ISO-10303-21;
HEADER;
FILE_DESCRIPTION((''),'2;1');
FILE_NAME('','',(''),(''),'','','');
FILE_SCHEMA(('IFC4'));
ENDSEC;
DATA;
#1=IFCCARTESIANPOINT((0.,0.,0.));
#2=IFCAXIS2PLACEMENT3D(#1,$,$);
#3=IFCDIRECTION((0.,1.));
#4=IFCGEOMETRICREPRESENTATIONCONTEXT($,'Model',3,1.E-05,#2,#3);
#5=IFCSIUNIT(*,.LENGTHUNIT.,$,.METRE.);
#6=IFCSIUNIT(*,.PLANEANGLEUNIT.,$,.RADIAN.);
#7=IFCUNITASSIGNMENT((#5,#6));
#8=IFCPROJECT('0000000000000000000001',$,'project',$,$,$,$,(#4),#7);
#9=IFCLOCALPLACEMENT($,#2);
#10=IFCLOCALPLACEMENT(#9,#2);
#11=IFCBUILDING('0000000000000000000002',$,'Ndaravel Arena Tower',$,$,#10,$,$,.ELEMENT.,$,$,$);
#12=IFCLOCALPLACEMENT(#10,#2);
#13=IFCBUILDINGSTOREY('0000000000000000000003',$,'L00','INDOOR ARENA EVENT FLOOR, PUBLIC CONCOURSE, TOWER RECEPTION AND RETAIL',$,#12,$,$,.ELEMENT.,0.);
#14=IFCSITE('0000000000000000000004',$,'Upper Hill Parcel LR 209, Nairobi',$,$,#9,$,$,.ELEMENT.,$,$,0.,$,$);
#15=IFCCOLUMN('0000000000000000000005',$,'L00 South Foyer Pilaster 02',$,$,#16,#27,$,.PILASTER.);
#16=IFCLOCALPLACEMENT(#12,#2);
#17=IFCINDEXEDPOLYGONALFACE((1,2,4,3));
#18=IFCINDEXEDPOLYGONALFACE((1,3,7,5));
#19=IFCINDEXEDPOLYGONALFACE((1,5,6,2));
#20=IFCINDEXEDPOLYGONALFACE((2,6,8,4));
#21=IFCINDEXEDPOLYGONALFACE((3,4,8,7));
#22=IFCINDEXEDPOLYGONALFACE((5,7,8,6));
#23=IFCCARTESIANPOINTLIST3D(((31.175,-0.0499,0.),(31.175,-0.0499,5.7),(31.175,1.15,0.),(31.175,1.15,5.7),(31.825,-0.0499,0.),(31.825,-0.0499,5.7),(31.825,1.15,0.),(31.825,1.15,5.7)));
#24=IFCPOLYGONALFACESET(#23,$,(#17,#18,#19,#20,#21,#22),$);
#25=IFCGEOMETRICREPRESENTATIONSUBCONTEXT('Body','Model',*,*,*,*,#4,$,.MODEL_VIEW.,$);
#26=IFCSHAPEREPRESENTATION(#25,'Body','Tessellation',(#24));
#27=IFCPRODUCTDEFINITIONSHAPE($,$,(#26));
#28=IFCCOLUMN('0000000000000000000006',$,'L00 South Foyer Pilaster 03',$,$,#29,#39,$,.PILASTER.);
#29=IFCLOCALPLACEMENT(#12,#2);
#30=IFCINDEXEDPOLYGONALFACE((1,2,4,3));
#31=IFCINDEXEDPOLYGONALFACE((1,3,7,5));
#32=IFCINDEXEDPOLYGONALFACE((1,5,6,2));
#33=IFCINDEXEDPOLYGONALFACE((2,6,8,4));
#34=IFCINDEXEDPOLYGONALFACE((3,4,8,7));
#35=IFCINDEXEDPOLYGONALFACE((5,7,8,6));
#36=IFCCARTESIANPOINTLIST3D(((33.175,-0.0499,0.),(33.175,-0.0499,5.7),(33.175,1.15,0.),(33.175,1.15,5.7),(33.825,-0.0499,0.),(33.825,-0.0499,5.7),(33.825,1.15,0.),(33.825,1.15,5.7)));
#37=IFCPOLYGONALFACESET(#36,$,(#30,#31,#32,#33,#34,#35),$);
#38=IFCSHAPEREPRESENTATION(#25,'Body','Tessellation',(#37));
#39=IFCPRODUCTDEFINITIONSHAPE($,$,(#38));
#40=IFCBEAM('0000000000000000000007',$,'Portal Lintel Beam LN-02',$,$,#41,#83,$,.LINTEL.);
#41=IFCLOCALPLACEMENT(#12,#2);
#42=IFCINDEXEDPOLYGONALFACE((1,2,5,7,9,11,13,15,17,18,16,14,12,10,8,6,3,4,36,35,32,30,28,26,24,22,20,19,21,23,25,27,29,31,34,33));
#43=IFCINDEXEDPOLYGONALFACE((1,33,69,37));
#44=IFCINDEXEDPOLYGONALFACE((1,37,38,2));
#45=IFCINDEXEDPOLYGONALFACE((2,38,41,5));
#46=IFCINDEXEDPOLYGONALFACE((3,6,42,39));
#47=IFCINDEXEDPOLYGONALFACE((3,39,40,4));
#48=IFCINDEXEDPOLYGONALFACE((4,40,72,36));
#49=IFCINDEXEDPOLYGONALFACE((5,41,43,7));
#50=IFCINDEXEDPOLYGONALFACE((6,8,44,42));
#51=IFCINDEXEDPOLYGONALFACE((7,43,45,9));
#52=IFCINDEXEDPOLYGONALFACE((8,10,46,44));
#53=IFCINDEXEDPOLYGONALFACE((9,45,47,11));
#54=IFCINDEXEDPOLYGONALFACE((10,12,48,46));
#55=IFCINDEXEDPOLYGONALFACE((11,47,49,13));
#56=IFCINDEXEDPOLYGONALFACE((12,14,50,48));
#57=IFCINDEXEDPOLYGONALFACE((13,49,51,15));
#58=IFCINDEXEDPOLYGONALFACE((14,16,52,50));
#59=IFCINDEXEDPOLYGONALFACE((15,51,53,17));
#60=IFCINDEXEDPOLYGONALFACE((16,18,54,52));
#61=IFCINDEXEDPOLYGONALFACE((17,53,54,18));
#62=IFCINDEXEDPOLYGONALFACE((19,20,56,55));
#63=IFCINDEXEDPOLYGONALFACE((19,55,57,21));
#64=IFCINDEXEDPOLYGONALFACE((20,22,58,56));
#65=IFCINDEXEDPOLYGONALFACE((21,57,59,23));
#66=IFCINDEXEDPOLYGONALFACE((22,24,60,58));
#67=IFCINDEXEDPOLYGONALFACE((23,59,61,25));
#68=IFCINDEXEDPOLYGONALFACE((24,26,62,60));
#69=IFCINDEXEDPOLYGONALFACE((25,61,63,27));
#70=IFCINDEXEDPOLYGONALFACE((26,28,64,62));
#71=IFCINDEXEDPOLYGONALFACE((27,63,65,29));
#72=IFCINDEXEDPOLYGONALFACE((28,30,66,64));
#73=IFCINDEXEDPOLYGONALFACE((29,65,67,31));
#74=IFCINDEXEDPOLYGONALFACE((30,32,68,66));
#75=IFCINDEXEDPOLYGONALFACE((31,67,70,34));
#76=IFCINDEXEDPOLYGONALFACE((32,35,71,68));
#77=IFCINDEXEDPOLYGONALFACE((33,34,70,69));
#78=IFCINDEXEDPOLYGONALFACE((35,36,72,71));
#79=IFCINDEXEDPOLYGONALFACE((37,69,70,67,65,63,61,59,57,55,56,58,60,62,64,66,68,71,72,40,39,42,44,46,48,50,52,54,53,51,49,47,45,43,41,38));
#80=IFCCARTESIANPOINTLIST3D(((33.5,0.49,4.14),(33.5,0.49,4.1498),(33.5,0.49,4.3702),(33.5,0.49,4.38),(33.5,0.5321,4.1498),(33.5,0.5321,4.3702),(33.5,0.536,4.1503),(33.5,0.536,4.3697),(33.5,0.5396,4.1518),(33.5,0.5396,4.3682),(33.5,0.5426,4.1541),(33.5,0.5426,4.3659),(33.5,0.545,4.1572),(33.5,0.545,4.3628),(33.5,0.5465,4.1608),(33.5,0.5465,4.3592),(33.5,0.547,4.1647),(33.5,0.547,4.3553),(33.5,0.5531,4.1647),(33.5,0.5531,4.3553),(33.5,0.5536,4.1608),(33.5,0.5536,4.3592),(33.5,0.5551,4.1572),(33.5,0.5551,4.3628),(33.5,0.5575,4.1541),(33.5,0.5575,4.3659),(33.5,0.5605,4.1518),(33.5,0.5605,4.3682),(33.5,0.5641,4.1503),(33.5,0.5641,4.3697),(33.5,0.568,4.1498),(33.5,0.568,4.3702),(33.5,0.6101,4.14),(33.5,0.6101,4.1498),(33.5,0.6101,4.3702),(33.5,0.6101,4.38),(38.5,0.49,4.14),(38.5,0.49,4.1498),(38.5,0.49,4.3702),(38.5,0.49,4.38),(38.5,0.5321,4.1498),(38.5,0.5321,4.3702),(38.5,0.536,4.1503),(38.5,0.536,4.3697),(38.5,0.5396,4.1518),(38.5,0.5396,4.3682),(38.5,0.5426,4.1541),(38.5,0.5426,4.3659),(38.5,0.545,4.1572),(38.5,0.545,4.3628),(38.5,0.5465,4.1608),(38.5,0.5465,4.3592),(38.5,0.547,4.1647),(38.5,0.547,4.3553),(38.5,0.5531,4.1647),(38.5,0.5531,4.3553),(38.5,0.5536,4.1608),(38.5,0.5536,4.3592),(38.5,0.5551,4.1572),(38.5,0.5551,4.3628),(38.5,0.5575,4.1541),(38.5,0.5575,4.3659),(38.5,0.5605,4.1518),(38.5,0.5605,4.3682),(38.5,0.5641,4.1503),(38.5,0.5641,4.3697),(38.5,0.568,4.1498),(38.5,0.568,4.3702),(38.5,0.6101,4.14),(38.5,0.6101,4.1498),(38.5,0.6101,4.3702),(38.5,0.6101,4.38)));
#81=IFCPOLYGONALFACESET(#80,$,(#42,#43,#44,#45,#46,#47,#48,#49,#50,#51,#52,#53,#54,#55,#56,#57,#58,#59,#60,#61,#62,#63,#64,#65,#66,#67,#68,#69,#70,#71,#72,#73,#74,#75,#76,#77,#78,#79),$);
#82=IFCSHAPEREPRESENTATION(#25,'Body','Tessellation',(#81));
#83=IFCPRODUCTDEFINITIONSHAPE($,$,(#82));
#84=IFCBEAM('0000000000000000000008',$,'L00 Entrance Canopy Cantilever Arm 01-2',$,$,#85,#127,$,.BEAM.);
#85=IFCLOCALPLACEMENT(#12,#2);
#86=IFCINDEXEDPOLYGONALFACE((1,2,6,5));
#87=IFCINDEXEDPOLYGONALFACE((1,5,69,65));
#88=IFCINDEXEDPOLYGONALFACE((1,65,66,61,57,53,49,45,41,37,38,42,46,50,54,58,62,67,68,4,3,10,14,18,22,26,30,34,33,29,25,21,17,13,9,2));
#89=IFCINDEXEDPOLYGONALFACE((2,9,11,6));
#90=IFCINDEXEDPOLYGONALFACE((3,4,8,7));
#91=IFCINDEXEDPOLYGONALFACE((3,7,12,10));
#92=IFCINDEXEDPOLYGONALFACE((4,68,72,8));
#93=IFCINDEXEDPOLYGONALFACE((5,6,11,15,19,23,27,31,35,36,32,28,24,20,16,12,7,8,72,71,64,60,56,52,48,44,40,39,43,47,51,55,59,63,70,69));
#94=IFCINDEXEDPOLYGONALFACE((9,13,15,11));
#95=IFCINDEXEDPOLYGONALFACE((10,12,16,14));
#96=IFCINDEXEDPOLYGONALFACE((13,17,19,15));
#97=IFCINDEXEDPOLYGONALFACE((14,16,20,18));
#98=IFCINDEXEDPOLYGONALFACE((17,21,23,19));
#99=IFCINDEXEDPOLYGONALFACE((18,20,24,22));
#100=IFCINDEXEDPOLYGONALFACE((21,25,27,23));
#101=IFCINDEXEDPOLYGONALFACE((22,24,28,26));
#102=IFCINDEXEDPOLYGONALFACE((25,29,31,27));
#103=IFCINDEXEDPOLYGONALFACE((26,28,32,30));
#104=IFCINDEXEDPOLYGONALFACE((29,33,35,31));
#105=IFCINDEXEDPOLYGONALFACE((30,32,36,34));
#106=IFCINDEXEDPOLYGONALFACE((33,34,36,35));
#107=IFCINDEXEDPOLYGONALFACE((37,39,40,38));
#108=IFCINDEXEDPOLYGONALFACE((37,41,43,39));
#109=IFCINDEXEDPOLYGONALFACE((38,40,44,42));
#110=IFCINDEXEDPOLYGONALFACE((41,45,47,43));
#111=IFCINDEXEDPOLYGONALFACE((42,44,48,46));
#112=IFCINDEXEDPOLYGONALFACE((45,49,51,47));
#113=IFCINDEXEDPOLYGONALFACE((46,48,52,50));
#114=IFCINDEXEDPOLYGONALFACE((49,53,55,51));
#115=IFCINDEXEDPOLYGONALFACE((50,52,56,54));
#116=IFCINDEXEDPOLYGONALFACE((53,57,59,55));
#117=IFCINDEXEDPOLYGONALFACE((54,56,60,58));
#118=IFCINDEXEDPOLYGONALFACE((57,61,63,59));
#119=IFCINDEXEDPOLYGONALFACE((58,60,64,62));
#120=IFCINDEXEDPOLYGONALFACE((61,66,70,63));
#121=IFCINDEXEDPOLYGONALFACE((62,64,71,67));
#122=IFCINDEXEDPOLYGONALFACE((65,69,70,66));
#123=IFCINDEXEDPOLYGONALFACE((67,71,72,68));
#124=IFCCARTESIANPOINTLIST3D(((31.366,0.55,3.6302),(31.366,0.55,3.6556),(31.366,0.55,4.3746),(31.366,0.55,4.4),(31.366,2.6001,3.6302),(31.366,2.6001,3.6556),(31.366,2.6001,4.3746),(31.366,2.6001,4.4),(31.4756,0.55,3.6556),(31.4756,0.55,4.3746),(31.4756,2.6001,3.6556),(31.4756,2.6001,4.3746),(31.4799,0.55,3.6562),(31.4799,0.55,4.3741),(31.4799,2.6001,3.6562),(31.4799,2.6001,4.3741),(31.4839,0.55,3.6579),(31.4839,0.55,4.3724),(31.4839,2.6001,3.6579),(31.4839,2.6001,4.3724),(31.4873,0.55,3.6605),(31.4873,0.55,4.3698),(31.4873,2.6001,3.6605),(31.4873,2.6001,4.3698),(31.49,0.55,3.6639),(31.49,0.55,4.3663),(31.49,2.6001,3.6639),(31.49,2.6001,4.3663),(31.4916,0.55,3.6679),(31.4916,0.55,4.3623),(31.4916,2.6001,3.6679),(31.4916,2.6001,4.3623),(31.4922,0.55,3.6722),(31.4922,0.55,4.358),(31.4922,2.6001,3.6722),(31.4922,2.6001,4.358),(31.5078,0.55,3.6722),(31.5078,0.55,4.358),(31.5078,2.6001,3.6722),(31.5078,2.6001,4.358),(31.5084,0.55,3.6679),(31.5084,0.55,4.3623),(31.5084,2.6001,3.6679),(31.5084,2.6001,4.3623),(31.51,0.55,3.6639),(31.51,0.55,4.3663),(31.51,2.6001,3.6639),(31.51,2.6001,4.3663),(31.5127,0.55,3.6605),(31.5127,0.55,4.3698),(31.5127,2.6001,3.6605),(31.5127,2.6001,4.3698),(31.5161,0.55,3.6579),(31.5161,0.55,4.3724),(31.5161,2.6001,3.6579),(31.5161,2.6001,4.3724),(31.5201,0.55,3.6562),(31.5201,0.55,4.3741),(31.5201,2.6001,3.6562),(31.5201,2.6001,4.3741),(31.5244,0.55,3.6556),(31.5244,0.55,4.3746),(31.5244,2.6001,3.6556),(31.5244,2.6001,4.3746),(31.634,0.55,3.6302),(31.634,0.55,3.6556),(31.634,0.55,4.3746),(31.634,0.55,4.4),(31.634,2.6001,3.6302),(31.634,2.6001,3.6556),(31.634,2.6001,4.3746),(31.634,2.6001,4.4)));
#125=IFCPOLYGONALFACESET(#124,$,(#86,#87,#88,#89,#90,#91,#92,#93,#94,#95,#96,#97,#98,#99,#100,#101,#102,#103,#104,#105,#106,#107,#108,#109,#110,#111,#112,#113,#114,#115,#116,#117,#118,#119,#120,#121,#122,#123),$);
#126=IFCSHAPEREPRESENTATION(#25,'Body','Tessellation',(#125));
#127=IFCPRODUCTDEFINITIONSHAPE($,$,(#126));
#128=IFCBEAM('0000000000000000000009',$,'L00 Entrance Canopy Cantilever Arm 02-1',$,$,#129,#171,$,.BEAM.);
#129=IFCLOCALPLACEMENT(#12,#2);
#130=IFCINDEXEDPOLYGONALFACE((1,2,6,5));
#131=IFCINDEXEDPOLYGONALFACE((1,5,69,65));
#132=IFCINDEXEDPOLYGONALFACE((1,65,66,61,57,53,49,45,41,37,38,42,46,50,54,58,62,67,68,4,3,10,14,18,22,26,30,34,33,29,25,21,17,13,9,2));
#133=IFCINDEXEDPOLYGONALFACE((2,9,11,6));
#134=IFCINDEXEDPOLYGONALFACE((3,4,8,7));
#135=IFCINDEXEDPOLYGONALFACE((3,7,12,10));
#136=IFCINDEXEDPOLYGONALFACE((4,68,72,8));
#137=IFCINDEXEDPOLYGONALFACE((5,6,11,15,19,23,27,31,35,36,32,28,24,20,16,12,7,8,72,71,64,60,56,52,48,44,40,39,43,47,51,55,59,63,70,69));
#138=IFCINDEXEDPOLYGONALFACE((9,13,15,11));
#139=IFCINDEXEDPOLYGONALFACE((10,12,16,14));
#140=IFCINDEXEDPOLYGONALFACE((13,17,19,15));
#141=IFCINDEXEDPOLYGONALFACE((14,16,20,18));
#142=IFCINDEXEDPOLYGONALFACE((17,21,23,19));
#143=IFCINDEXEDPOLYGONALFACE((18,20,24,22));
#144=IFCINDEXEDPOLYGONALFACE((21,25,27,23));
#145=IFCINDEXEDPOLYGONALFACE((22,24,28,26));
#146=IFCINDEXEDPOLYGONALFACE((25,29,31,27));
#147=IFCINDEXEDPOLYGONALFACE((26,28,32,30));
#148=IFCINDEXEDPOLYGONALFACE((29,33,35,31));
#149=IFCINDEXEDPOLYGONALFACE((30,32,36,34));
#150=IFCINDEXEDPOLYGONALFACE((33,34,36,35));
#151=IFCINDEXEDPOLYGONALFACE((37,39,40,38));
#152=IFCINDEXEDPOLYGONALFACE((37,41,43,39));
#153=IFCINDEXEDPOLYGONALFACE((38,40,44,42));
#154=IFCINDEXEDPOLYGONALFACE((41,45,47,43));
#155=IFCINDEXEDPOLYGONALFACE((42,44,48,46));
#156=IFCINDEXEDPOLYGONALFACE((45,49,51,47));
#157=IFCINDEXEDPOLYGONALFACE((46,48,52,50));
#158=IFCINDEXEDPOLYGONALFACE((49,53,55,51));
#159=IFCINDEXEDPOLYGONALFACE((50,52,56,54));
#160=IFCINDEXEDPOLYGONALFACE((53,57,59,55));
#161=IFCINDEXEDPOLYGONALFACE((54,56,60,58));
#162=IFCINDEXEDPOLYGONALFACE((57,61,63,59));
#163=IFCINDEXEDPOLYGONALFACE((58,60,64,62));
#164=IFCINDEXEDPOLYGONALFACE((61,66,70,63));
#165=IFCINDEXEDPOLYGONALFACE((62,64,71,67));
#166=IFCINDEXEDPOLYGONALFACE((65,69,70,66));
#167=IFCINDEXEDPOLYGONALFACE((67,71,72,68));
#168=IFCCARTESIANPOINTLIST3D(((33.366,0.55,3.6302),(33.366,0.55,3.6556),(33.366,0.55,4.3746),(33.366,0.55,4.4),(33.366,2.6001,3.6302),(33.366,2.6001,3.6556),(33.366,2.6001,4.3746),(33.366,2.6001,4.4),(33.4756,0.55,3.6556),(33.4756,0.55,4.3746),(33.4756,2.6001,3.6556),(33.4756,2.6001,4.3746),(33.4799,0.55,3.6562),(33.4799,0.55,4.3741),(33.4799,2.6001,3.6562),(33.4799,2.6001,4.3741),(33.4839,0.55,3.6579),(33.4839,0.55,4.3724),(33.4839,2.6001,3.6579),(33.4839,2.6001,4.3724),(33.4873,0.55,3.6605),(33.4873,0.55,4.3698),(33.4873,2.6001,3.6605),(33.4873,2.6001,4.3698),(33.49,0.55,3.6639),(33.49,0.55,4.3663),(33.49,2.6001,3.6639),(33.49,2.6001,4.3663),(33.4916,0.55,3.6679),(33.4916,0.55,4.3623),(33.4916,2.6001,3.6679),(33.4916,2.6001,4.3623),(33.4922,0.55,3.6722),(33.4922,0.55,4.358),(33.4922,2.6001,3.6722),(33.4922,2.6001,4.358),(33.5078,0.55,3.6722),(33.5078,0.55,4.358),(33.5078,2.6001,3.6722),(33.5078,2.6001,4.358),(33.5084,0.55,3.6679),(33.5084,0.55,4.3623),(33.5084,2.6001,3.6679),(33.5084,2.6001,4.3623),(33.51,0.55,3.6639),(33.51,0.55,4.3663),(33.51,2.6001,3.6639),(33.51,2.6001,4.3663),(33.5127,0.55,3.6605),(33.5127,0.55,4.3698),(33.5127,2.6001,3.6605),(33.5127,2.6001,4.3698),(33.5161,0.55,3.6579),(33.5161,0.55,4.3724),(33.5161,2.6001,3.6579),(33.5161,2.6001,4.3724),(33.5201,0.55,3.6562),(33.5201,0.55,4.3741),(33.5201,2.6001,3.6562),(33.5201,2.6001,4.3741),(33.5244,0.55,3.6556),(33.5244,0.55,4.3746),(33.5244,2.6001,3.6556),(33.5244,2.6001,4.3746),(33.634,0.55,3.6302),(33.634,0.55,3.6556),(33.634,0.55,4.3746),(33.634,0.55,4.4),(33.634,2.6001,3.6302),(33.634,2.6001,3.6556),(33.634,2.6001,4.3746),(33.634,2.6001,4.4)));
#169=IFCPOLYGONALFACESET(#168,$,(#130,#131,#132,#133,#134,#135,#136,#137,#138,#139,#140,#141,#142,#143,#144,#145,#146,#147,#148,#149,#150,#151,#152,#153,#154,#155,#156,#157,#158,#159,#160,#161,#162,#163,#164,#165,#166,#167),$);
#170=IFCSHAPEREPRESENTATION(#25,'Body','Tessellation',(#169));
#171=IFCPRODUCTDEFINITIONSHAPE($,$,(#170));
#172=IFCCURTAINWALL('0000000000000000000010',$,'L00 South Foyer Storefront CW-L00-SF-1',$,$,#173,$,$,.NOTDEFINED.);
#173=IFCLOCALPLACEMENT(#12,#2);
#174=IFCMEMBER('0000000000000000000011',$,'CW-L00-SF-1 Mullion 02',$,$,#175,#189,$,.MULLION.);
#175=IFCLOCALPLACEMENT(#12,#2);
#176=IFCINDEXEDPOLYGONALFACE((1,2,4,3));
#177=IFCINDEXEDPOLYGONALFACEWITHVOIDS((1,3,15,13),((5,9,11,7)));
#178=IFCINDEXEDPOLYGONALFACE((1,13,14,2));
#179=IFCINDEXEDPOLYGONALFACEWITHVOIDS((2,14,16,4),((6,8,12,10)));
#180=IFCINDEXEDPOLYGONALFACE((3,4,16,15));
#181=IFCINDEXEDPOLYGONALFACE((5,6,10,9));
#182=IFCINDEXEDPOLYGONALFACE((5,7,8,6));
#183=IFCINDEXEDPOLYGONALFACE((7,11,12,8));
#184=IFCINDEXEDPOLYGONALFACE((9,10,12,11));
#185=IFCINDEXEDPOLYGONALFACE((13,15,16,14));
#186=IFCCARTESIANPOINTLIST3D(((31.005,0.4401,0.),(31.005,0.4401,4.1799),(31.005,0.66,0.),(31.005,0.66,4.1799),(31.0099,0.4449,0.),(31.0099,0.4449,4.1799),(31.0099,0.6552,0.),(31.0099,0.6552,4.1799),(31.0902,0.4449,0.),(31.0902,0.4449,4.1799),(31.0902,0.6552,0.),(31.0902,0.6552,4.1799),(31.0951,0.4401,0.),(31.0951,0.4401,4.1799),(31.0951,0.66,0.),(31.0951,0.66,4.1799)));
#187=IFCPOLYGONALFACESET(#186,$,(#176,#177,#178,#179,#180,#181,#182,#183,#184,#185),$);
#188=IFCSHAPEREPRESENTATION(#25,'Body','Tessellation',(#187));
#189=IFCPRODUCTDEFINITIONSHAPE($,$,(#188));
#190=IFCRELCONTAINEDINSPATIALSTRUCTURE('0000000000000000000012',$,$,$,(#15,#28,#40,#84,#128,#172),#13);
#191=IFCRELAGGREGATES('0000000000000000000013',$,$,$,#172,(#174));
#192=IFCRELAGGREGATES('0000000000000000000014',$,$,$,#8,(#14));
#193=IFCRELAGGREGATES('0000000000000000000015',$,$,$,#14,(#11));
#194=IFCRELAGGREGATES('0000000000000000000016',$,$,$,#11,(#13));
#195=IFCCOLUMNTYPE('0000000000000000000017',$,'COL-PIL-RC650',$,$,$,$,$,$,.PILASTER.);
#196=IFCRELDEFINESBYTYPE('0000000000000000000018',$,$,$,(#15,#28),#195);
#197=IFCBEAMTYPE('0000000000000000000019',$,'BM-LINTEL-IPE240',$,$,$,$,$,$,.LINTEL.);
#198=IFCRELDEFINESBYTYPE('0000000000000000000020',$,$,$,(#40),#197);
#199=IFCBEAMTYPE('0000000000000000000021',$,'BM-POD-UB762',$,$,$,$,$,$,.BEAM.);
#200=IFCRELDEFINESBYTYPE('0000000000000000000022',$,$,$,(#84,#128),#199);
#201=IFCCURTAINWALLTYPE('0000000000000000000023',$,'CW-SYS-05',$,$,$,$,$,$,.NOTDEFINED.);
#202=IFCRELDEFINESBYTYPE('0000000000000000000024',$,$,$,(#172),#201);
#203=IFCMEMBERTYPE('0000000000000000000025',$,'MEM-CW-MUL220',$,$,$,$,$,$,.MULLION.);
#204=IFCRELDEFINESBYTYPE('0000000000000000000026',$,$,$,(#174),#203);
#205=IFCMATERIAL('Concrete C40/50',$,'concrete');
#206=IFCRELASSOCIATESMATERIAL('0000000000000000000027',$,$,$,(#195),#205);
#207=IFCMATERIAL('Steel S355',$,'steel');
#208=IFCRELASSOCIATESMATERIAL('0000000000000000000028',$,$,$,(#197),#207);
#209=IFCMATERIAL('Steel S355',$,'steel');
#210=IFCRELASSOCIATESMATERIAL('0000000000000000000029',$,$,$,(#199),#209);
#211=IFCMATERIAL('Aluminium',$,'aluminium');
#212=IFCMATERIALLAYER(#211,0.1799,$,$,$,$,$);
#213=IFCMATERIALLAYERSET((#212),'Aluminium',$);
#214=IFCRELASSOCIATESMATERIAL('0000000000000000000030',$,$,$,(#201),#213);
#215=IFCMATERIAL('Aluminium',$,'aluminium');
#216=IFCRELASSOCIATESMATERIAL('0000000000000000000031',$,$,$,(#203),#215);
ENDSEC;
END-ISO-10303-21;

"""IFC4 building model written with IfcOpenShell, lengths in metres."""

from ifc_helpers import new_model, si_unit, direction, frame, origin, origin_2d, place, context, subcontext, project, spatial, rectangle, hollow_rectangle, i_section, extrude, material, layer, layer_set, material_profile, profile_set, type_object, element, aggregate, save


model = new_model("IFC4")

# Units and contexts
model_context = context("Model", 3, precision=1e-05, world=origin(), true_north=direction((0.0, 1.0)))
body_context = subcontext(model_context, "Body", "Model", "MODEL_VIEW")
ifc_project = project(units=[si_unit("LENGTHUNIT", "METRE"), si_unit("PLANEANGLEUNIT", "RADIAN")], contexts=[model_context])

# Site, building, storey
site_placement = place(None, origin())
site = spatial("IfcSite", under=ifc_project, at=site_placement, Name="Upper Hill Parcel LR 209, Nairobi", CompositionType="ELEMENT", RefElevation=0.0)
building_placement = place(site_placement, origin())
building = spatial("IfcBuilding", under=site, at=building_placement, Name="Ndaravel Arena Tower", CompositionType="ELEMENT")
storey_placement = place(building_placement, origin())
storey = spatial("IfcBuildingStorey", under=building, at=storey_placement, Name="L00", Description="INDOOR ARENA EVENT FLOOR, PUBLIC CONCOURSE, TOWER RECEPTION AND RETAIL", CompositionType="ELEMENT", Elevation=0.0)

# Columns
ifc_material_1 = material(Name="Concrete C40/50", Category="concrete")
ifc_material_profile_1 = material_profile(ifc_material_1, rectangle(XDim=0.6499, YDim=1.2, at=origin_2d()), Name="RC 650x1200")
ifc_profile_set_1 = profile_set([ifc_material_profile_1], Name="Concrete C40/50")
column_type = type_object("IfcColumnType", Name="COL-PIL-RC650", PredefinedType="PILASTER", material=ifc_profile_set_1)
for number, where, z_axis, x_axis, name in (
    (1, (31.5, 0.55, 0.0), (0.0, 0.0, 1.0), (1.0, 0.0, 0.0), "L00 South Foyer Pilaster 02"),
    (2, (33.5, 0.55, 0.0), (0.0, 0.0, 1.0), (1.0, 0.0, 0.0), "L00 South Foyer Pilaster 03"),
):
    element("IfcColumn", number, at=place(storey_placement, frame(where, z_axis=z_axis, x_axis=x_axis)), inside=storey, type_object=column_type, Name=name, PredefinedType="PILASTER", context=body_context, shape_type="SweptSolid", body=[
        extrude(rectangle(XDim=0.6499, YDim=1.2, at=origin_2d()), origin(), (0.0, 0.0, 1.0), 5.7),
    ])

# Beams
ifc_material_2 = material(Name="Steel S355", Category="steel")
ifc_material_profile_2 = material_profile(ifc_material_2, i_section(OverallWidth=0.1201, OverallDepth=0.24, WebThickness=0.0061, FlangeThickness=0.0098, FilletRadius=0.0149, at=origin_2d()), Name="IPE 240")
ifc_profile_set_2 = profile_set([ifc_material_profile_2], Name="Steel S355")
beam_type_1 = type_object("IfcBeamType", Name="BM-LINTEL-IPE240", PredefinedType="LINTEL", material=ifc_profile_set_2)
beam_placement = place(storey_placement, frame((33.5, 0.55, 4.26), z_axis=(1.0, 0.0, 0.0), x_axis=(0.0, 1.0, 0.0)))
element("IfcBeam", 3, at=beam_placement, inside=storey, type_object=beam_type_1, Name="Portal Lintel Beam LN-02", PredefinedType="LINTEL", context=body_context, shape_type="SweptSolid", body=[
    extrude(i_section(OverallWidth=0.1201, OverallDepth=0.24, WebThickness=0.0061, FlangeThickness=0.0098, FilletRadius=0.0149, at=origin_2d()), origin(), (0.0, 0.0, 1.0), 5.0),
])
ifc_material_3 = material(Name="Steel S355", Category="steel")
ifc_material_profile_3 = material_profile(ifc_material_3, i_section(OverallWidth=0.2681, OverallDepth=0.7698, WebThickness=0.0156, FlangeThickness=0.0254, FilletRadius=0.0166, at=origin_2d()), Name="UB 762x267x197")
ifc_profile_set_3 = profile_set([ifc_material_profile_3], Name="Steel S355")
beam_type_2 = type_object("IfcBeamType", Name="BM-POD-UB762", PredefinedType="BEAM", material=ifc_profile_set_3)
for number, where, z_axis, x_axis, name in (
    (4, (31.5, 0.55, 4.0151), (0.0, 1.0, 0.0), (-1.0, 0.0, 0.0), "L00 Entrance Canopy Cantilever Arm 01-2"),
    (5, (33.5, 0.55, 4.0151), (0.0, 1.0, 0.0), (-1.0, 0.0, 0.0), "L00 Entrance Canopy Cantilever Arm 02-1"),
):
    element("IfcBeam", number, at=place(storey_placement, frame(where, z_axis=z_axis, x_axis=x_axis)), inside=storey, type_object=beam_type_2, Name=name, PredefinedType="BEAM", context=body_context, shape_type="SweptSolid", body=[
        extrude(i_section(OverallWidth=0.2681, OverallDepth=0.7698, WebThickness=0.0156, FlangeThickness=0.0254, FilletRadius=0.0166, at=origin_2d()), origin(), (0.0, 0.0, 1.0), 2.05),
    ])

# Curtain wall, member
ifc_material_4 = material(Name="Aluminium", Category="aluminium")
ifc_layer_1 = layer(ifc_material_4, 0.1799)
ifc_layer_set_1 = layer_set([ifc_layer_1], Name="Aluminium")
curtain_wall_type = type_object("IfcCurtainWallType", Name="CW-SYS-05", PredefinedType="NOTDEFINED", material=ifc_layer_set_1)
curtain_wall_1_placement = place(storey_placement, origin())
curtain_wall_1 = element("IfcCurtainWall", 6, at=curtain_wall_1_placement, inside=storey, type_object=curtain_wall_type, Name="L00 South Foyer Storefront CW-L00-SF-1", PredefinedType="NOTDEFINED")
ifc_material_5 = material(Name="Aluminium", Category="aluminium")
ifc_material_profile_4 = material_profile(ifc_material_5, hollow_rectangle(XDim=0.0901, YDim=0.22, WallThickness=0.0049, at=origin_2d()), Name="CW MULLION 90x220x5")
ifc_profile_set_4 = profile_set([ifc_material_profile_4], Name="Aluminium")
member_type_1 = type_object("IfcMemberType", Name="MEM-CW-MUL220", PredefinedType="MULLION", material=ifc_profile_set_4)
member_1_placement = place(storey_placement, frame((31.05, 0.55, 0.0), z_axis=(0.0, 0.0, 1.0), x_axis=(1.0, 0.0, 0.0)))
member_1 = element("IfcMember", 7, at=member_1_placement, type_object=member_type_1, Name="CW-L00-SF-1 Mullion 02", PredefinedType="MULLION", context=body_context, shape_type="SweptSolid", body=[
    extrude(hollow_rectangle(XDim=0.0901, YDim=0.22, WallThickness=0.0049, at=origin_2d()), origin(), (0.0, 0.0, 1.0), 4.1799),
])
aggregate(curtain_wall_1, [member_1])

save(model, "model.ifc")
